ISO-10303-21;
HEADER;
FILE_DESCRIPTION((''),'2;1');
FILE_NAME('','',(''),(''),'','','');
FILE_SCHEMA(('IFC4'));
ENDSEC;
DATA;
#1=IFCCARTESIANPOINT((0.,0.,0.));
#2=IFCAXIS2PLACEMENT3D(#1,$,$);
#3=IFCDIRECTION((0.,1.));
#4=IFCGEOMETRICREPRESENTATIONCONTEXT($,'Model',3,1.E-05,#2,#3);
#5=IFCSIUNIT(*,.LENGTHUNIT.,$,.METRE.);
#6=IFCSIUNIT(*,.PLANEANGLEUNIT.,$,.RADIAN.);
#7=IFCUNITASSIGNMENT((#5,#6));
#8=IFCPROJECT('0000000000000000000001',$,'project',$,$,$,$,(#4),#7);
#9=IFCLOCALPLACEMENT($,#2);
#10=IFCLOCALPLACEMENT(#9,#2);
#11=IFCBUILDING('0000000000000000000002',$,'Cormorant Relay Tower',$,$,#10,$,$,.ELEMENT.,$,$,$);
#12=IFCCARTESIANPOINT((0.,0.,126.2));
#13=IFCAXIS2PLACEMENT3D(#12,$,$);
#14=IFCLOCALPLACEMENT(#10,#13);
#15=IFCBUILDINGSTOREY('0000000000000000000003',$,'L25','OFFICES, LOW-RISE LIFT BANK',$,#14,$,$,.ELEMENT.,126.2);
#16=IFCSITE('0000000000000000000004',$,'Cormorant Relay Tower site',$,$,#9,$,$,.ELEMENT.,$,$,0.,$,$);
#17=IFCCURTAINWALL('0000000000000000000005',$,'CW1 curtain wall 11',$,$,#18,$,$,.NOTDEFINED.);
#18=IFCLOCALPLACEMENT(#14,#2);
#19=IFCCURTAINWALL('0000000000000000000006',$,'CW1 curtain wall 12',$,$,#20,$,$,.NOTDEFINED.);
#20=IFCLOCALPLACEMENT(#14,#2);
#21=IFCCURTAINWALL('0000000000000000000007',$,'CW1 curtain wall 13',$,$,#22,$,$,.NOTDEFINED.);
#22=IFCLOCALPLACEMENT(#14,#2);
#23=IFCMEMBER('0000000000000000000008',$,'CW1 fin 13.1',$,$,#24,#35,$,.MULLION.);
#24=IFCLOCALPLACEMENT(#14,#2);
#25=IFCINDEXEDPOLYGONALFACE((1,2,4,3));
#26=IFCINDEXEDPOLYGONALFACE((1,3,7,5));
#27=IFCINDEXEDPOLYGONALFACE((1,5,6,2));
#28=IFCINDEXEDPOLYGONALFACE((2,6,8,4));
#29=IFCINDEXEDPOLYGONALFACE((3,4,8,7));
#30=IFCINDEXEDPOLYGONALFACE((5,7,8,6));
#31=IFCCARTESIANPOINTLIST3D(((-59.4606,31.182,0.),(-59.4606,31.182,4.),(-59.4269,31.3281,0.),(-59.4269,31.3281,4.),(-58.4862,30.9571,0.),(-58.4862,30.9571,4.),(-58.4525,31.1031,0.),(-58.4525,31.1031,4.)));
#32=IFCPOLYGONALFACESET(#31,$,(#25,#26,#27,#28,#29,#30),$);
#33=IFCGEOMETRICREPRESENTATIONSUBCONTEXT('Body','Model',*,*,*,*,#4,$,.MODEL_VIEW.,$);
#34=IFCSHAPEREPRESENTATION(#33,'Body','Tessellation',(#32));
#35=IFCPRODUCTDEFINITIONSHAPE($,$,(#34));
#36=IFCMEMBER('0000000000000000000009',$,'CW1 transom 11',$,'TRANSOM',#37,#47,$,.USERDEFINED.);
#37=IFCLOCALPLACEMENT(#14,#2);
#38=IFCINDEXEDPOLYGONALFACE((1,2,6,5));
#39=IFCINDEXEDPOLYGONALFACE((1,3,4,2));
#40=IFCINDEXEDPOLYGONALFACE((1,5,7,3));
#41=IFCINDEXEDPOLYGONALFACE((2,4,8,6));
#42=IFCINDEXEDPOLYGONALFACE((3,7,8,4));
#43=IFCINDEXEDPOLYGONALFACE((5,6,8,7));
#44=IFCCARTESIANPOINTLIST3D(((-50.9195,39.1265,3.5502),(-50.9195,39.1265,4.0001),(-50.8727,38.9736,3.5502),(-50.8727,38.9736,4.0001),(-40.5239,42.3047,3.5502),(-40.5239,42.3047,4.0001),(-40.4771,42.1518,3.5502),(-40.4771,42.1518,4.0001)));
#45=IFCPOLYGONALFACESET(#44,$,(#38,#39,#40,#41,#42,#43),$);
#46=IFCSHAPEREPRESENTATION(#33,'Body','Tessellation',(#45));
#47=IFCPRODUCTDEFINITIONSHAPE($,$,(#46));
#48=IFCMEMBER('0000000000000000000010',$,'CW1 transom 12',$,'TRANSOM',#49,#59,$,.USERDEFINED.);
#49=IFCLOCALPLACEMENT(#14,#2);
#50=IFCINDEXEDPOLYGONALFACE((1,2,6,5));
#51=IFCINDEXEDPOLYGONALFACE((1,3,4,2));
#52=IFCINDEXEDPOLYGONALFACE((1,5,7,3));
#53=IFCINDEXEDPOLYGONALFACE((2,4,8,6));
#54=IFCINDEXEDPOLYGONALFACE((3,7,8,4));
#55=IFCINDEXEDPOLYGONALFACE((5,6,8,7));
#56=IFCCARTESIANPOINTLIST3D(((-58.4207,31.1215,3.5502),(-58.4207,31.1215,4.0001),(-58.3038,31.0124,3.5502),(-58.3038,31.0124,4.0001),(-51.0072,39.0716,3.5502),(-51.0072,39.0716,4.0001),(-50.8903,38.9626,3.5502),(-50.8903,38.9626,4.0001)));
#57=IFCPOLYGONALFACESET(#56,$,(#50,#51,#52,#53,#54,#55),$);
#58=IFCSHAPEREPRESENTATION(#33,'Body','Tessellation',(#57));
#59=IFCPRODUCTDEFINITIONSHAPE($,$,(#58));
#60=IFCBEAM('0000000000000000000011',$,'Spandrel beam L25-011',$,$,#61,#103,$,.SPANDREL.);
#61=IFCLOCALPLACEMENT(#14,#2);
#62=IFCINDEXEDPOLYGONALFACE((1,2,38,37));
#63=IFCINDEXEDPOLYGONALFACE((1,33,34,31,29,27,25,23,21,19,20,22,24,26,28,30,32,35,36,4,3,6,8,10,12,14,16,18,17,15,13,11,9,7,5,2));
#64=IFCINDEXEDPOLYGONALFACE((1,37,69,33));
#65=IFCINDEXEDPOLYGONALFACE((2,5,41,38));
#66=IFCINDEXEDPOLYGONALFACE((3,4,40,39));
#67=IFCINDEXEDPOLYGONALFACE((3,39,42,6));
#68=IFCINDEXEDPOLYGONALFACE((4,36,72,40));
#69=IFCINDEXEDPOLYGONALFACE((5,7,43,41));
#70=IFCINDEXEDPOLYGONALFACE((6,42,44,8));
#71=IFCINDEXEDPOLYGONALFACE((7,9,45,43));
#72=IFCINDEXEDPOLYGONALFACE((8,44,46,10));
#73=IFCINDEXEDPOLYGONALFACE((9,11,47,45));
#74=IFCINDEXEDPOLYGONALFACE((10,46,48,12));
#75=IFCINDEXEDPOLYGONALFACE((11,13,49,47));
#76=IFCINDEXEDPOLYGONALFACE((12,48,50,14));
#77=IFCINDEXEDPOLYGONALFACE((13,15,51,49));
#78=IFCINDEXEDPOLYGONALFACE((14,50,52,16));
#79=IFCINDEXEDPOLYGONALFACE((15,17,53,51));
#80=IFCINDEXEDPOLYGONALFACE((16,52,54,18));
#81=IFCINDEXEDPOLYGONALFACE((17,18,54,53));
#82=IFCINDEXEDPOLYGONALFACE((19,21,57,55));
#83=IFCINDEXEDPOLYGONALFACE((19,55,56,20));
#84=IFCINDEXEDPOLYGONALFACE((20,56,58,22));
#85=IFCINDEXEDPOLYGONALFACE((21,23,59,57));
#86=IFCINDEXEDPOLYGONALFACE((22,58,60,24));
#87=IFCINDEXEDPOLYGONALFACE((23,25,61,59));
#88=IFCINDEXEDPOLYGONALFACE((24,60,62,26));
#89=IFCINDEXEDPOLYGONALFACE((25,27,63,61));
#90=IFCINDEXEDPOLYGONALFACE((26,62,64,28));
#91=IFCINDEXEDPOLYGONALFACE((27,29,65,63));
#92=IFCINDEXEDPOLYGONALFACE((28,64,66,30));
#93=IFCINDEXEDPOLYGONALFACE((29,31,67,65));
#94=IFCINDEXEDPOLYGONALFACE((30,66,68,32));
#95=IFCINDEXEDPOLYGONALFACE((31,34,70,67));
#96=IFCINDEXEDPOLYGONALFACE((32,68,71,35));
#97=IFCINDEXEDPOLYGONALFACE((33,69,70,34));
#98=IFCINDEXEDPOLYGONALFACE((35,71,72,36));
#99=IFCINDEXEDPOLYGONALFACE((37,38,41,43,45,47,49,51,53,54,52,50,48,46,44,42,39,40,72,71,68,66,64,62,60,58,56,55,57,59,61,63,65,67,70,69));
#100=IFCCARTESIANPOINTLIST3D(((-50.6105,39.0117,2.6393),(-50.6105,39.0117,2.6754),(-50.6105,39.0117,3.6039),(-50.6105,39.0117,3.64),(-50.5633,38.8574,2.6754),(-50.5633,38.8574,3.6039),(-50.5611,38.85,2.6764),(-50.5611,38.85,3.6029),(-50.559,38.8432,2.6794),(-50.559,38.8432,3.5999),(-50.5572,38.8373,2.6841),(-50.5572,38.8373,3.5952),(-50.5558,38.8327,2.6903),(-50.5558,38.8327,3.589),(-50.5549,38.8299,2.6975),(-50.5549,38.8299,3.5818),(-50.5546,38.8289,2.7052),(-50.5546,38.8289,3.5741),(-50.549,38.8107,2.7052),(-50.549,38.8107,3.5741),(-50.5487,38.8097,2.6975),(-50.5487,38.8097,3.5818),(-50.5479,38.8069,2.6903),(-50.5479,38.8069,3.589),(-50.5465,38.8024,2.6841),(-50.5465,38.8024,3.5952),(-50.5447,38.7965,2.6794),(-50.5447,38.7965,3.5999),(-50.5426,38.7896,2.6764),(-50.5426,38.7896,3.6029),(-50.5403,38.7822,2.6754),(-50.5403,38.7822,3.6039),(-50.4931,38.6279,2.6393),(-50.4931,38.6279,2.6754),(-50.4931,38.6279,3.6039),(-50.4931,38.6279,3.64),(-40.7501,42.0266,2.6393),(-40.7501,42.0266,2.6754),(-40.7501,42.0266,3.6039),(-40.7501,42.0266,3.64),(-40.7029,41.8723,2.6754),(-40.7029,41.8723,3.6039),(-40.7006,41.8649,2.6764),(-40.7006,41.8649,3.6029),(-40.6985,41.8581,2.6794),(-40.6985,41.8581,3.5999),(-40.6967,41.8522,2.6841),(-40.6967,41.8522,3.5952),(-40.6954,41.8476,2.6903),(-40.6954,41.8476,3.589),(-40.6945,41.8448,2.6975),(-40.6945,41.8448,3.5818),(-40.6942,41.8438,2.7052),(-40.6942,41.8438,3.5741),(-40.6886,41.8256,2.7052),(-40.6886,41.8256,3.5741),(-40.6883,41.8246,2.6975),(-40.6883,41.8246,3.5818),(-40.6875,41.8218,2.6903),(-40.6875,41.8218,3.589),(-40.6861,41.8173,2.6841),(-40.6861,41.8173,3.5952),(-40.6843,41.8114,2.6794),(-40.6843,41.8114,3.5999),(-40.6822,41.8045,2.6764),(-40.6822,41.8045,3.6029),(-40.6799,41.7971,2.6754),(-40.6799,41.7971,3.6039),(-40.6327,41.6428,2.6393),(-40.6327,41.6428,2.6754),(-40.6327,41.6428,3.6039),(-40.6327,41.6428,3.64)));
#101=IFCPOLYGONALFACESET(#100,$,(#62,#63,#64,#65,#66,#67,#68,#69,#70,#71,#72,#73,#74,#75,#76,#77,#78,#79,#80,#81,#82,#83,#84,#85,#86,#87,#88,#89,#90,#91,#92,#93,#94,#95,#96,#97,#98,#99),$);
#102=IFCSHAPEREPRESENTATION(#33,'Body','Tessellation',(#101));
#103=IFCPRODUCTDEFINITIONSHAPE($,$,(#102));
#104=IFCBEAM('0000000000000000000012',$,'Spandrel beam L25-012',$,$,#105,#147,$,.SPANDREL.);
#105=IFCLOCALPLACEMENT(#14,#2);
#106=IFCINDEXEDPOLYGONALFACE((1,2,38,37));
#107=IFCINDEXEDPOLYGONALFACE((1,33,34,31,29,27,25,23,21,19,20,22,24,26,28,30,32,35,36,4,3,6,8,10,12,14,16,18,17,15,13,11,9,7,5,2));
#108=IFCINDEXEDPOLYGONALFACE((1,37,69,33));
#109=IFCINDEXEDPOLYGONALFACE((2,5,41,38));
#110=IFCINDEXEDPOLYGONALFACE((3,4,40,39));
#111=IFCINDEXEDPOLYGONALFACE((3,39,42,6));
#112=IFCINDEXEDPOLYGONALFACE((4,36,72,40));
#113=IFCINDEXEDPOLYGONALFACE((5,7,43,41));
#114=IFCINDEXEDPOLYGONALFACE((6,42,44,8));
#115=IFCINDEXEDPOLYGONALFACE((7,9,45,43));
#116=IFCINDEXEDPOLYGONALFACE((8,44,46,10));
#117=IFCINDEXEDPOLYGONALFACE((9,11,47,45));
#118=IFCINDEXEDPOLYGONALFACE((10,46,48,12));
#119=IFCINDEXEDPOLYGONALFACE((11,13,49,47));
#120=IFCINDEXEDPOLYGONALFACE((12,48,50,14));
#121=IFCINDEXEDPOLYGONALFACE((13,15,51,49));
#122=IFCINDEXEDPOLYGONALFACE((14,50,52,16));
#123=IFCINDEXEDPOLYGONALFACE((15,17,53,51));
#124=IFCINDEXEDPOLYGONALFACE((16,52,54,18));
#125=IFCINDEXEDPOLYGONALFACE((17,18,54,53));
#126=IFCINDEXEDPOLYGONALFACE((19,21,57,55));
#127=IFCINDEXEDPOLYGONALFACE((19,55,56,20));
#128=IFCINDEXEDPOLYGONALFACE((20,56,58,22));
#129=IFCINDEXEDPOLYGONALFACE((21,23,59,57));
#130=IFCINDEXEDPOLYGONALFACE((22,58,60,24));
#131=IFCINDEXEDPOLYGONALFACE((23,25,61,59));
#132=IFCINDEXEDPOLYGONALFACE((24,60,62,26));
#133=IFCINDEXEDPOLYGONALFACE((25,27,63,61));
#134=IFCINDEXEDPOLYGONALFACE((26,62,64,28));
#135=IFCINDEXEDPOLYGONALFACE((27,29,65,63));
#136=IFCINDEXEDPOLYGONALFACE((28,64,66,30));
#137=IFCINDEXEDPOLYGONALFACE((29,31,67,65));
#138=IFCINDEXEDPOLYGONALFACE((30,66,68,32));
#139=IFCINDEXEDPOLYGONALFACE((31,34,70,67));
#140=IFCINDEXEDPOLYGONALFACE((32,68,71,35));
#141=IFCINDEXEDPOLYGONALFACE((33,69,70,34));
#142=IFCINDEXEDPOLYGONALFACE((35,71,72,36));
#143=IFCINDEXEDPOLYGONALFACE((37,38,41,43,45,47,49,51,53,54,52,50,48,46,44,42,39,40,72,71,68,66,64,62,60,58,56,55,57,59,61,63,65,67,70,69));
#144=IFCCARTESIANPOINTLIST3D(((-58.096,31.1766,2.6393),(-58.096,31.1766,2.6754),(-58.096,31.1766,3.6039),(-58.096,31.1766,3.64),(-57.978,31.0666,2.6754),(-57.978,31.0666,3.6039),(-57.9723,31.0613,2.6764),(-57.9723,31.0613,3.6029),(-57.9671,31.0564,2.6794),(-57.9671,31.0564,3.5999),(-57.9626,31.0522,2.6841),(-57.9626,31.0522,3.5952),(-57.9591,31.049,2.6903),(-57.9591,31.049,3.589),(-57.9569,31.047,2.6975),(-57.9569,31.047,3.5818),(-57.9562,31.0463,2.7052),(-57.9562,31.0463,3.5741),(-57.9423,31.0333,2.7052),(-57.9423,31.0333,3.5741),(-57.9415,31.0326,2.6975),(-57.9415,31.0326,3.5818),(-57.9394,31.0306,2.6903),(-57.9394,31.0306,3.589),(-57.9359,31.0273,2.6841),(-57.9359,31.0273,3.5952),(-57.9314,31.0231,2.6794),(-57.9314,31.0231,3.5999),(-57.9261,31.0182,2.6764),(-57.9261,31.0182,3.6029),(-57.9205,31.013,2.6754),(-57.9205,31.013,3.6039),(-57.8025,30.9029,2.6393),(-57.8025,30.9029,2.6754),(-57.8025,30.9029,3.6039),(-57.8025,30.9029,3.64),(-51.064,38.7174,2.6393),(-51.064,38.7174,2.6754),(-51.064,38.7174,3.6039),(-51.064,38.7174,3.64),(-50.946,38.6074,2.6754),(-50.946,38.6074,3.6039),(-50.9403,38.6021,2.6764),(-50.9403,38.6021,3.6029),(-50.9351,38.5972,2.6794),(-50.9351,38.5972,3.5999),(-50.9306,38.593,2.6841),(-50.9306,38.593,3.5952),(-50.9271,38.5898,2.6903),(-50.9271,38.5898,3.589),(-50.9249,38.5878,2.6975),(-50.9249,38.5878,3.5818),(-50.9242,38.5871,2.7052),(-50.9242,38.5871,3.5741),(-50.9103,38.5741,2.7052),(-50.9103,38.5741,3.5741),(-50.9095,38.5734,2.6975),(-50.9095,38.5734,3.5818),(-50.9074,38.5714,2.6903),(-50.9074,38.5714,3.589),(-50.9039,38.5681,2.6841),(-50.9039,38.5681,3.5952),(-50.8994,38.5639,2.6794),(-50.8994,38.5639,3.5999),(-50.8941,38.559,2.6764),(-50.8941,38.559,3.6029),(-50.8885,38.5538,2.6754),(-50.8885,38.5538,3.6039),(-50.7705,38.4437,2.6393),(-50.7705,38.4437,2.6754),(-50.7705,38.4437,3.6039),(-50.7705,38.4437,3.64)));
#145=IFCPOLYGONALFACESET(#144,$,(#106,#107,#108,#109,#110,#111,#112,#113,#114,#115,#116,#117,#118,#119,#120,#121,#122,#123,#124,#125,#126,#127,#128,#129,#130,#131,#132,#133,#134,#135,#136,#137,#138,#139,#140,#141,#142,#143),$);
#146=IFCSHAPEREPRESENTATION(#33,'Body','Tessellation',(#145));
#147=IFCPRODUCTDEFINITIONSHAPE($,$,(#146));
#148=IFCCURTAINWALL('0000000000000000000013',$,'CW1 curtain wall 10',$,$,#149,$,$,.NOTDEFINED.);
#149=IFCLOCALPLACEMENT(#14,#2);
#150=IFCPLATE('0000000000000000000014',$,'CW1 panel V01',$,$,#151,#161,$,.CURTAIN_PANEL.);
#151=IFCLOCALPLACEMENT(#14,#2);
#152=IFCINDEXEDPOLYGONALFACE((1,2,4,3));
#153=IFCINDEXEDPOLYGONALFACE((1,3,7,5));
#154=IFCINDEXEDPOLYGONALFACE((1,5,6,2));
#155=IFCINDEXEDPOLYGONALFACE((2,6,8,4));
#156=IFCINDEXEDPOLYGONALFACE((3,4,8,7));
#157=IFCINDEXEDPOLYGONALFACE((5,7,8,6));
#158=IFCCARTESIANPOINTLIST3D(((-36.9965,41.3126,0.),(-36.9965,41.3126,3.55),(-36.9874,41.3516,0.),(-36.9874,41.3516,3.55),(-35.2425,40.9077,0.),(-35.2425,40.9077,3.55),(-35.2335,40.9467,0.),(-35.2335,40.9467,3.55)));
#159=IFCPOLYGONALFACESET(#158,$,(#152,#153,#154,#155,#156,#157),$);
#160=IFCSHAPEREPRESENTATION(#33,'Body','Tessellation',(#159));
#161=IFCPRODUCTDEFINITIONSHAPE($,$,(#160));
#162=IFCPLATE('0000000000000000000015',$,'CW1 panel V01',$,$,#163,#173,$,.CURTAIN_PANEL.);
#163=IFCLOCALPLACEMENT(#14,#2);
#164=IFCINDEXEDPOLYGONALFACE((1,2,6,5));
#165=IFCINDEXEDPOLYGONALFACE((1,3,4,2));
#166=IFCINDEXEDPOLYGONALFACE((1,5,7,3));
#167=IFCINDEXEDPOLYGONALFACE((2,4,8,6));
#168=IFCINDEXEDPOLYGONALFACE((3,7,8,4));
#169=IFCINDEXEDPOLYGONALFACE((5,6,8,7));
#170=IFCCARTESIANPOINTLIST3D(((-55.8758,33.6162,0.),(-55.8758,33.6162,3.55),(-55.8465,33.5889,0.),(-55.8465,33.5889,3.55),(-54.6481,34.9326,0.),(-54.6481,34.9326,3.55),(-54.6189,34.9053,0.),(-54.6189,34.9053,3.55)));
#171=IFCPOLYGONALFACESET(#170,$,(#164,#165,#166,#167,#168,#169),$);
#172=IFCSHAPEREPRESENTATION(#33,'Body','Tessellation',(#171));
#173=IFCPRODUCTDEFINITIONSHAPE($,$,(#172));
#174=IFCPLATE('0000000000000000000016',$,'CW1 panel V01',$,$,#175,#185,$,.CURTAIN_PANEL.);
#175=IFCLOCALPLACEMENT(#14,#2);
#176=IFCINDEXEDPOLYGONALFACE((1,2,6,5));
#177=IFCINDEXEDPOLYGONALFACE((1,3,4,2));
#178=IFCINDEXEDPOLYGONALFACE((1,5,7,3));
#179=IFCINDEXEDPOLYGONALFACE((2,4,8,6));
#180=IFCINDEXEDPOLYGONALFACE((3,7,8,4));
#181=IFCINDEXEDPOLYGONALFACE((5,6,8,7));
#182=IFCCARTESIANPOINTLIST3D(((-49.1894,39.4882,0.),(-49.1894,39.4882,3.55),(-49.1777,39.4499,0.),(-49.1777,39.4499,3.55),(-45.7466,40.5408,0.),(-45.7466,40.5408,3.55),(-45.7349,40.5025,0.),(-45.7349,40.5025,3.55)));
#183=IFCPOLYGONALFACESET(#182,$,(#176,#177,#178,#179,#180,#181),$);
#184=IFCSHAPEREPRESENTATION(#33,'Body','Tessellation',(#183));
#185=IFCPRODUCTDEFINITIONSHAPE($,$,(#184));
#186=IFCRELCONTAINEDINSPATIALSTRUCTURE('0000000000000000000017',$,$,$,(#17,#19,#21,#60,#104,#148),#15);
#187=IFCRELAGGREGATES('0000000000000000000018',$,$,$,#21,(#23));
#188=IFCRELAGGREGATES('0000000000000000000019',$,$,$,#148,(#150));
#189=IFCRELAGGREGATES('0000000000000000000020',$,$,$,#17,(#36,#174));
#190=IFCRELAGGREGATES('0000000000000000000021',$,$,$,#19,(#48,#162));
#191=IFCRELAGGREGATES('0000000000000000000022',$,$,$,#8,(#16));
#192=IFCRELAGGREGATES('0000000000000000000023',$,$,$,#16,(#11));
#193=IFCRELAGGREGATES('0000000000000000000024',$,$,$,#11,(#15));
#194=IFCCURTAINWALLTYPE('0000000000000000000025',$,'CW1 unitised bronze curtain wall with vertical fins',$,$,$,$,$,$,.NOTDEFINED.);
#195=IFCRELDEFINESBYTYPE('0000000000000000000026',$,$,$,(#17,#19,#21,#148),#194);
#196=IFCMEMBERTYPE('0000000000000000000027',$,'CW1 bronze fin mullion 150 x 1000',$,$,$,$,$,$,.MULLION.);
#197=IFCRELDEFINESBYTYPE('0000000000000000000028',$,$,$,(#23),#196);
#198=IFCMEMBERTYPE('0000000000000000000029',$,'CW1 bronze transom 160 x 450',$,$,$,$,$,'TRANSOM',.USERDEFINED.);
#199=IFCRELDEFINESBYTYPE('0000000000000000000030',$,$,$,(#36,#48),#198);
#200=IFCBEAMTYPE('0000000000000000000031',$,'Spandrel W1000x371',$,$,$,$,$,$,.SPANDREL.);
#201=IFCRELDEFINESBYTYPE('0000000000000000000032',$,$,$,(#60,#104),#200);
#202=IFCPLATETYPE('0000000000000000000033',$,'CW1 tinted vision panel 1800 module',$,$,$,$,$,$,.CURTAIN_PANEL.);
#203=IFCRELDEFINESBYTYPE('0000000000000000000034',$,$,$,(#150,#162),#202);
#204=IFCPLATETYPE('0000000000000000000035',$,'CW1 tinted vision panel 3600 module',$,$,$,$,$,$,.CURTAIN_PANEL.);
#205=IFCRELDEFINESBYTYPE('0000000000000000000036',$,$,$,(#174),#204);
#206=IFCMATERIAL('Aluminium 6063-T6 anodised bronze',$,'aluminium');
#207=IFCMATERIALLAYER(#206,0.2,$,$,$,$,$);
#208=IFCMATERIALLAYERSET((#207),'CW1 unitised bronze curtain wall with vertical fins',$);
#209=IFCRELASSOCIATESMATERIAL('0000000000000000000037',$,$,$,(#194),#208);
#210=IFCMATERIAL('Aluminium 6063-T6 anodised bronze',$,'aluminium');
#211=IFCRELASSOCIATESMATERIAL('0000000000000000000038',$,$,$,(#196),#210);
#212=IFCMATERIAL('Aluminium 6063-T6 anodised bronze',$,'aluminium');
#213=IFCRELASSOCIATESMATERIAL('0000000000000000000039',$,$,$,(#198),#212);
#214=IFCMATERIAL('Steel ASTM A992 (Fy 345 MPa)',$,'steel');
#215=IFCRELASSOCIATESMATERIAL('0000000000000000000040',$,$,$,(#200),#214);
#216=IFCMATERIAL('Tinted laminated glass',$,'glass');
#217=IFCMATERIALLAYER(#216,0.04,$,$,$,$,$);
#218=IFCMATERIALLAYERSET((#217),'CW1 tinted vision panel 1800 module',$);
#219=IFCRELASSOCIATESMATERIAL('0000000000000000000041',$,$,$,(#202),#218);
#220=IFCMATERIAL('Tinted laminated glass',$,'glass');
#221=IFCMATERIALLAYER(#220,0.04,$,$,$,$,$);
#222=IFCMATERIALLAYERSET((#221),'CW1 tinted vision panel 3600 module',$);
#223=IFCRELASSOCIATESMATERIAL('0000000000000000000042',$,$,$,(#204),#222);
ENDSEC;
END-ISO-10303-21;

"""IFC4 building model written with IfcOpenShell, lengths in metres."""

from ifc_helpers import new_model, si_unit, direction, frame, origin, origin_2d, place, context, subcontext, project, spatial, rectangle, i_section, extrude, material, layer, layer_set, material_profile, profile_set, type_object, element, aggregate, save


model = new_model("IFC4")

# Units and contexts
model_context = context("Model", 3, precision=1e-05, world=origin(), true_north=direction((0.0, 1.0)))
body_context = subcontext(model_context, "Body", "Model", "MODEL_VIEW")
ifc_project = project(units=[si_unit("LENGTHUNIT", "METRE"), si_unit("PLANEANGLEUNIT", "RADIAN")], contexts=[model_context])

# Site, building, storey
site_placement = place(None, origin())
site = spatial("IfcSite", under=ifc_project, at=site_placement, Name="Cormorant Relay Tower site", CompositionType="ELEMENT", RefElevation=0.0)
building_placement = place(site_placement, origin())
building = spatial("IfcBuilding", under=site, at=building_placement, Name="Cormorant Relay Tower", CompositionType="ELEMENT")
storey_placement = place(building_placement, frame((0.0, 0.0, 126.2)))
storey = spatial("IfcBuildingStorey", under=building, at=storey_placement, Name="L25", Description="OFFICES, LOW-RISE LIFT BANK", CompositionType="ELEMENT", Elevation=126.2)

# Curtain walls
ifc_material_1 = material(Name="Aluminium 6063-T6 anodised bronze", Category="aluminium")
ifc_layer_1 = layer(ifc_material_1, 0.2)
ifc_layer_set_1 = layer_set([ifc_layer_1], Name="CW1 unitised bronze curtain wall with vertical fins")
curtain_wall_type = type_object("IfcCurtainWallType", Name="CW1 unitised bronze curtain wall with vertical fins", PredefinedType="NOTDEFINED", material=ifc_layer_set_1)
curtain_wall_1_placement = place(storey_placement, origin())
curtain_wall_1 = element("IfcCurtainWall", 1, at=curtain_wall_1_placement, inside=storey, type_object=curtain_wall_type, Name="CW1 curtain wall 11", PredefinedType="NOTDEFINED")
ifc_material_2 = material(Name="Aluminium 6063-T6 anodised bronze", Category="aluminium")
ifc_material_profile_1 = material_profile(ifc_material_2, rectangle(XDim=0.1499, YDim=1.0, at=origin_2d()), Name="AL 150x1000")
ifc_profile_set_1 = profile_set([ifc_material_profile_1], Name="Aluminium 6063-T6 anodised bronze")
member_type_1 = type_object("IfcMemberType", Name="CW1 bronze fin mullion 150 x 1000", PredefinedType="MULLION", material=ifc_profile_set_1)
curtain_wall_2_placement = place(storey_placement, origin())
curtain_wall_2 = element("IfcCurtainWall", 2, at=curtain_wall_2_placement, inside=storey, type_object=curtain_wall_type, Name="CW1 curtain wall 12", PredefinedType="NOTDEFINED")

# Curtain wall, member
curtain_wall_3_placement = place(storey_placement, origin())
curtain_wall_3 = element("IfcCurtainWall", 3, at=curtain_wall_3_placement, inside=storey, type_object=curtain_wall_type, Name="CW1 curtain wall 13", PredefinedType="NOTDEFINED")
member_1_placement = place(storey_placement, frame((-58.9565, 31.1426, 0.0), z_axis=(0.0, 0.0, 1.0), x_axis=(-0.224951, -0.97437, 0.0)))
member_1 = element("IfcMember", 4, at=member_1_placement, type_object=member_type_1, Name="CW1 fin 13.1", PredefinedType="MULLION", context=body_context, shape_type="SweptSolid", body=[
    extrude(rectangle(XDim=0.1499, YDim=1.0, at=origin_2d()), origin(), (0.0, 0.0, 1.0), 4.0),
])
aggregate(curtain_wall_3, [member_1])

# Members
ifc_material_3 = material(Name="Aluminium 6063-T6 anodised bronze", Category="aluminium")
ifc_material_profile_2 = material_profile(ifc_material_3, rectangle(XDim=0.1599, YDim=0.45, at=origin_2d()), Name="AL 160x450")
ifc_profile_set_2 = profile_set([ifc_material_profile_2], Name="Aluminium 6063-T6 anodised bronze")
member_type_2 = type_object("IfcMemberType", Name="CW1 bronze transom 160 x 450", ElementType="TRANSOM", PredefinedType="USERDEFINED", material=ifc_profile_set_2)
member_2_placement = place(storey_placement, frame((-40.5005, 42.2283, 3.7751), z_axis=(-0.956305, -0.292371, 0.0), x_axis=(0.292371, -0.956305, 0.0)))
member_2 = element("IfcMember", 5, at=member_2_placement, type_object=member_type_2, Name="CW1 transom 11", ObjectType="TRANSOM", PredefinedType="USERDEFINED", context=body_context, shape_type="SweptSolid", body=[
    extrude(rectangle(XDim=0.1599, YDim=0.45, at=origin_2d()), origin(), (0.0, 0.0, 1.0), 10.8706),
])
member_3_placement = place(storey_placement, frame((-50.9487, 39.0171, 3.7751), z_axis=(-0.681993, -0.731358, 0.0), x_axis=(0.731358, -0.681993, 0.0)))
member_3 = element("IfcMember", 6, at=member_3_placement, type_object=member_type_2, Name="CW1 transom 12", ObjectType="TRANSOM", PredefinedType="USERDEFINED", context=body_context, shape_type="SweptSolid", body=[
    extrude(rectangle(XDim=0.1599, YDim=0.45, at=origin_2d()), origin(), (0.0, 0.0, 1.0), 10.8704),
])

# Beams
ifc_material_4 = material(Name="Steel ASTM A992 (Fy 345 MPa)", Category="steel")
ifc_material_profile_3 = material_profile(ifc_material_4, i_section(OverallWidth=0.4014, OverallDepth=1.0007, WebThickness=0.019, FlangeThickness=0.0361, FilletRadius=0.0298, at=origin_2d()), Name="W1000x371")
ifc_profile_set_3 = profile_set([ifc_material_profile_3], Name="Steel ASTM A992 (Fy 345 MPa)")
beam_type = type_object("IfcBeamType", Name="Spandrel W1000x371", PredefinedType="SPANDREL", material=ifc_profile_set_3)
beam_1_placement = place(storey_placement, frame((-40.6914, 41.8347, 3.1396), z_axis=(-0.956297, -0.292397, 0.0), x_axis=(0.292397, -0.956297, 0.0)))
element("IfcBeam", 7, at=beam_1_placement, inside=storey, type_object=beam_type, Name="Spandrel beam L25-011", PredefinedType="SPANDREL", context=body_context, shape_type="SweptSolid", body=[
    extrude(i_section(OverallWidth=0.4014, OverallDepth=1.0007, WebThickness=0.019, FlangeThickness=0.0361, FilletRadius=0.0298, at=origin_2d()), origin(), (0.0, 0.0, 1.0), 10.311),
])
beam_2_placement = place(storey_placement, frame((-50.9172, 38.5806, 3.1396), z_axis=(-0.682004, -0.731349, 0.0), x_axis=(0.731349, -0.682004, 0.0)))
element("IfcBeam", 8, at=beam_2_placement, inside=storey, type_object=beam_type, Name="Spandrel beam L25-012", PredefinedType="SPANDREL", context=body_context, shape_type="SweptSolid", body=[
    extrude(i_section(OverallWidth=0.4014, OverallDepth=1.0007, WebThickness=0.019, FlangeThickness=0.0361, FilletRadius=0.0298, at=origin_2d()), origin(), (0.0, 0.0, 1.0), 10.3108),
])

# Curtain wall, plate
curtain_wall_4_placement = place(storey_placement, origin())
curtain_wall_4 = element("IfcCurtainWall", 9, at=curtain_wall_4_placement, inside=storey, type_object=curtain_wall_type, Name="CW1 curtain wall 10", PredefinedType="NOTDEFINED")
ifc_material_5 = material(Name="Tinted laminated glass", Category="glass")
ifc_layer_2 = layer(ifc_material_5, 0.04)
ifc_layer_set_2 = layer_set([ifc_layer_2], Name="CW1 tinted vision panel 1800 module")
plate_type_1 = type_object("IfcPlateType", Name="CW1 tinted vision panel 1800 module", PredefinedType="CURTAIN_PANEL", material=ifc_layer_set_2)
plate_1_placement = place(storey_placement, frame((-36.115, 41.1296, 0.0), z_axis=(0.0, 0.0, 1.0), x_axis=(-0.97437, 0.224951, 0.0)))
plate_1 = element("IfcPlate", 10, at=plate_1_placement, type_object=plate_type_1, Name="CW1 panel V01", PredefinedType="CURTAIN_PANEL", context=body_context, shape_type="SweptSolid", body=[
    extrude(rectangle(XDim=1.8, YDim=0.04, at=origin_2d()), origin(), (0.0, 0.0, 1.0), 3.55),
])

# Plates
plate_2_placement = place(storey_placement, frame((-55.2473, 34.2607, 0.0), z_axis=(0.0, 0.0, 1.0), x_axis=(-0.681998, -0.731354, 0.0)))
plate_2 = element("IfcPlate", 11, at=plate_2_placement, type_object=plate_type_1, Name="CW1 panel V01", PredefinedType="CURTAIN_PANEL", context=body_context, shape_type="SweptSolid", body=[
    extrude(rectangle(XDim=1.8, YDim=0.04, at=origin_2d()), origin(), (0.0, 0.0, 1.0), 3.55),
])
ifc_material_6 = material(Name="Tinted laminated glass", Category="glass")
ifc_layer_3 = layer(ifc_material_6, 0.04)
ifc_layer_set_3 = layer_set([ifc_layer_3], Name="CW1 tinted vision panel 3600 module")
plate_type_2 = type_object("IfcPlateType", Name="CW1 tinted vision panel 3600 module", PredefinedType="CURTAIN_PANEL", material=ifc_layer_set_3)
plate_3_placement = place(storey_placement, frame((-47.4622, 39.9954, 0.0), z_axis=(0.0, 0.0, 1.0), x_axis=(-0.956305, -0.292372, 0.0)))
plate_3 = element("IfcPlate", 12, at=plate_3_placement, type_object=plate_type_2, Name="CW1 panel V01", PredefinedType="CURTAIN_PANEL", context=body_context, shape_type="SweptSolid", body=[
    extrude(rectangle(XDim=3.6001, YDim=0.04, at=origin_2d()), origin(), (0.0, 0.0, 1.0), 3.55),
])

aggregate(curtain_wall_4, [plate_1])
aggregate(curtain_wall_1, [member_2, plate_3])
aggregate(curtain_wall_2, [member_3, plate_2])

save(model, "model.ifc")
